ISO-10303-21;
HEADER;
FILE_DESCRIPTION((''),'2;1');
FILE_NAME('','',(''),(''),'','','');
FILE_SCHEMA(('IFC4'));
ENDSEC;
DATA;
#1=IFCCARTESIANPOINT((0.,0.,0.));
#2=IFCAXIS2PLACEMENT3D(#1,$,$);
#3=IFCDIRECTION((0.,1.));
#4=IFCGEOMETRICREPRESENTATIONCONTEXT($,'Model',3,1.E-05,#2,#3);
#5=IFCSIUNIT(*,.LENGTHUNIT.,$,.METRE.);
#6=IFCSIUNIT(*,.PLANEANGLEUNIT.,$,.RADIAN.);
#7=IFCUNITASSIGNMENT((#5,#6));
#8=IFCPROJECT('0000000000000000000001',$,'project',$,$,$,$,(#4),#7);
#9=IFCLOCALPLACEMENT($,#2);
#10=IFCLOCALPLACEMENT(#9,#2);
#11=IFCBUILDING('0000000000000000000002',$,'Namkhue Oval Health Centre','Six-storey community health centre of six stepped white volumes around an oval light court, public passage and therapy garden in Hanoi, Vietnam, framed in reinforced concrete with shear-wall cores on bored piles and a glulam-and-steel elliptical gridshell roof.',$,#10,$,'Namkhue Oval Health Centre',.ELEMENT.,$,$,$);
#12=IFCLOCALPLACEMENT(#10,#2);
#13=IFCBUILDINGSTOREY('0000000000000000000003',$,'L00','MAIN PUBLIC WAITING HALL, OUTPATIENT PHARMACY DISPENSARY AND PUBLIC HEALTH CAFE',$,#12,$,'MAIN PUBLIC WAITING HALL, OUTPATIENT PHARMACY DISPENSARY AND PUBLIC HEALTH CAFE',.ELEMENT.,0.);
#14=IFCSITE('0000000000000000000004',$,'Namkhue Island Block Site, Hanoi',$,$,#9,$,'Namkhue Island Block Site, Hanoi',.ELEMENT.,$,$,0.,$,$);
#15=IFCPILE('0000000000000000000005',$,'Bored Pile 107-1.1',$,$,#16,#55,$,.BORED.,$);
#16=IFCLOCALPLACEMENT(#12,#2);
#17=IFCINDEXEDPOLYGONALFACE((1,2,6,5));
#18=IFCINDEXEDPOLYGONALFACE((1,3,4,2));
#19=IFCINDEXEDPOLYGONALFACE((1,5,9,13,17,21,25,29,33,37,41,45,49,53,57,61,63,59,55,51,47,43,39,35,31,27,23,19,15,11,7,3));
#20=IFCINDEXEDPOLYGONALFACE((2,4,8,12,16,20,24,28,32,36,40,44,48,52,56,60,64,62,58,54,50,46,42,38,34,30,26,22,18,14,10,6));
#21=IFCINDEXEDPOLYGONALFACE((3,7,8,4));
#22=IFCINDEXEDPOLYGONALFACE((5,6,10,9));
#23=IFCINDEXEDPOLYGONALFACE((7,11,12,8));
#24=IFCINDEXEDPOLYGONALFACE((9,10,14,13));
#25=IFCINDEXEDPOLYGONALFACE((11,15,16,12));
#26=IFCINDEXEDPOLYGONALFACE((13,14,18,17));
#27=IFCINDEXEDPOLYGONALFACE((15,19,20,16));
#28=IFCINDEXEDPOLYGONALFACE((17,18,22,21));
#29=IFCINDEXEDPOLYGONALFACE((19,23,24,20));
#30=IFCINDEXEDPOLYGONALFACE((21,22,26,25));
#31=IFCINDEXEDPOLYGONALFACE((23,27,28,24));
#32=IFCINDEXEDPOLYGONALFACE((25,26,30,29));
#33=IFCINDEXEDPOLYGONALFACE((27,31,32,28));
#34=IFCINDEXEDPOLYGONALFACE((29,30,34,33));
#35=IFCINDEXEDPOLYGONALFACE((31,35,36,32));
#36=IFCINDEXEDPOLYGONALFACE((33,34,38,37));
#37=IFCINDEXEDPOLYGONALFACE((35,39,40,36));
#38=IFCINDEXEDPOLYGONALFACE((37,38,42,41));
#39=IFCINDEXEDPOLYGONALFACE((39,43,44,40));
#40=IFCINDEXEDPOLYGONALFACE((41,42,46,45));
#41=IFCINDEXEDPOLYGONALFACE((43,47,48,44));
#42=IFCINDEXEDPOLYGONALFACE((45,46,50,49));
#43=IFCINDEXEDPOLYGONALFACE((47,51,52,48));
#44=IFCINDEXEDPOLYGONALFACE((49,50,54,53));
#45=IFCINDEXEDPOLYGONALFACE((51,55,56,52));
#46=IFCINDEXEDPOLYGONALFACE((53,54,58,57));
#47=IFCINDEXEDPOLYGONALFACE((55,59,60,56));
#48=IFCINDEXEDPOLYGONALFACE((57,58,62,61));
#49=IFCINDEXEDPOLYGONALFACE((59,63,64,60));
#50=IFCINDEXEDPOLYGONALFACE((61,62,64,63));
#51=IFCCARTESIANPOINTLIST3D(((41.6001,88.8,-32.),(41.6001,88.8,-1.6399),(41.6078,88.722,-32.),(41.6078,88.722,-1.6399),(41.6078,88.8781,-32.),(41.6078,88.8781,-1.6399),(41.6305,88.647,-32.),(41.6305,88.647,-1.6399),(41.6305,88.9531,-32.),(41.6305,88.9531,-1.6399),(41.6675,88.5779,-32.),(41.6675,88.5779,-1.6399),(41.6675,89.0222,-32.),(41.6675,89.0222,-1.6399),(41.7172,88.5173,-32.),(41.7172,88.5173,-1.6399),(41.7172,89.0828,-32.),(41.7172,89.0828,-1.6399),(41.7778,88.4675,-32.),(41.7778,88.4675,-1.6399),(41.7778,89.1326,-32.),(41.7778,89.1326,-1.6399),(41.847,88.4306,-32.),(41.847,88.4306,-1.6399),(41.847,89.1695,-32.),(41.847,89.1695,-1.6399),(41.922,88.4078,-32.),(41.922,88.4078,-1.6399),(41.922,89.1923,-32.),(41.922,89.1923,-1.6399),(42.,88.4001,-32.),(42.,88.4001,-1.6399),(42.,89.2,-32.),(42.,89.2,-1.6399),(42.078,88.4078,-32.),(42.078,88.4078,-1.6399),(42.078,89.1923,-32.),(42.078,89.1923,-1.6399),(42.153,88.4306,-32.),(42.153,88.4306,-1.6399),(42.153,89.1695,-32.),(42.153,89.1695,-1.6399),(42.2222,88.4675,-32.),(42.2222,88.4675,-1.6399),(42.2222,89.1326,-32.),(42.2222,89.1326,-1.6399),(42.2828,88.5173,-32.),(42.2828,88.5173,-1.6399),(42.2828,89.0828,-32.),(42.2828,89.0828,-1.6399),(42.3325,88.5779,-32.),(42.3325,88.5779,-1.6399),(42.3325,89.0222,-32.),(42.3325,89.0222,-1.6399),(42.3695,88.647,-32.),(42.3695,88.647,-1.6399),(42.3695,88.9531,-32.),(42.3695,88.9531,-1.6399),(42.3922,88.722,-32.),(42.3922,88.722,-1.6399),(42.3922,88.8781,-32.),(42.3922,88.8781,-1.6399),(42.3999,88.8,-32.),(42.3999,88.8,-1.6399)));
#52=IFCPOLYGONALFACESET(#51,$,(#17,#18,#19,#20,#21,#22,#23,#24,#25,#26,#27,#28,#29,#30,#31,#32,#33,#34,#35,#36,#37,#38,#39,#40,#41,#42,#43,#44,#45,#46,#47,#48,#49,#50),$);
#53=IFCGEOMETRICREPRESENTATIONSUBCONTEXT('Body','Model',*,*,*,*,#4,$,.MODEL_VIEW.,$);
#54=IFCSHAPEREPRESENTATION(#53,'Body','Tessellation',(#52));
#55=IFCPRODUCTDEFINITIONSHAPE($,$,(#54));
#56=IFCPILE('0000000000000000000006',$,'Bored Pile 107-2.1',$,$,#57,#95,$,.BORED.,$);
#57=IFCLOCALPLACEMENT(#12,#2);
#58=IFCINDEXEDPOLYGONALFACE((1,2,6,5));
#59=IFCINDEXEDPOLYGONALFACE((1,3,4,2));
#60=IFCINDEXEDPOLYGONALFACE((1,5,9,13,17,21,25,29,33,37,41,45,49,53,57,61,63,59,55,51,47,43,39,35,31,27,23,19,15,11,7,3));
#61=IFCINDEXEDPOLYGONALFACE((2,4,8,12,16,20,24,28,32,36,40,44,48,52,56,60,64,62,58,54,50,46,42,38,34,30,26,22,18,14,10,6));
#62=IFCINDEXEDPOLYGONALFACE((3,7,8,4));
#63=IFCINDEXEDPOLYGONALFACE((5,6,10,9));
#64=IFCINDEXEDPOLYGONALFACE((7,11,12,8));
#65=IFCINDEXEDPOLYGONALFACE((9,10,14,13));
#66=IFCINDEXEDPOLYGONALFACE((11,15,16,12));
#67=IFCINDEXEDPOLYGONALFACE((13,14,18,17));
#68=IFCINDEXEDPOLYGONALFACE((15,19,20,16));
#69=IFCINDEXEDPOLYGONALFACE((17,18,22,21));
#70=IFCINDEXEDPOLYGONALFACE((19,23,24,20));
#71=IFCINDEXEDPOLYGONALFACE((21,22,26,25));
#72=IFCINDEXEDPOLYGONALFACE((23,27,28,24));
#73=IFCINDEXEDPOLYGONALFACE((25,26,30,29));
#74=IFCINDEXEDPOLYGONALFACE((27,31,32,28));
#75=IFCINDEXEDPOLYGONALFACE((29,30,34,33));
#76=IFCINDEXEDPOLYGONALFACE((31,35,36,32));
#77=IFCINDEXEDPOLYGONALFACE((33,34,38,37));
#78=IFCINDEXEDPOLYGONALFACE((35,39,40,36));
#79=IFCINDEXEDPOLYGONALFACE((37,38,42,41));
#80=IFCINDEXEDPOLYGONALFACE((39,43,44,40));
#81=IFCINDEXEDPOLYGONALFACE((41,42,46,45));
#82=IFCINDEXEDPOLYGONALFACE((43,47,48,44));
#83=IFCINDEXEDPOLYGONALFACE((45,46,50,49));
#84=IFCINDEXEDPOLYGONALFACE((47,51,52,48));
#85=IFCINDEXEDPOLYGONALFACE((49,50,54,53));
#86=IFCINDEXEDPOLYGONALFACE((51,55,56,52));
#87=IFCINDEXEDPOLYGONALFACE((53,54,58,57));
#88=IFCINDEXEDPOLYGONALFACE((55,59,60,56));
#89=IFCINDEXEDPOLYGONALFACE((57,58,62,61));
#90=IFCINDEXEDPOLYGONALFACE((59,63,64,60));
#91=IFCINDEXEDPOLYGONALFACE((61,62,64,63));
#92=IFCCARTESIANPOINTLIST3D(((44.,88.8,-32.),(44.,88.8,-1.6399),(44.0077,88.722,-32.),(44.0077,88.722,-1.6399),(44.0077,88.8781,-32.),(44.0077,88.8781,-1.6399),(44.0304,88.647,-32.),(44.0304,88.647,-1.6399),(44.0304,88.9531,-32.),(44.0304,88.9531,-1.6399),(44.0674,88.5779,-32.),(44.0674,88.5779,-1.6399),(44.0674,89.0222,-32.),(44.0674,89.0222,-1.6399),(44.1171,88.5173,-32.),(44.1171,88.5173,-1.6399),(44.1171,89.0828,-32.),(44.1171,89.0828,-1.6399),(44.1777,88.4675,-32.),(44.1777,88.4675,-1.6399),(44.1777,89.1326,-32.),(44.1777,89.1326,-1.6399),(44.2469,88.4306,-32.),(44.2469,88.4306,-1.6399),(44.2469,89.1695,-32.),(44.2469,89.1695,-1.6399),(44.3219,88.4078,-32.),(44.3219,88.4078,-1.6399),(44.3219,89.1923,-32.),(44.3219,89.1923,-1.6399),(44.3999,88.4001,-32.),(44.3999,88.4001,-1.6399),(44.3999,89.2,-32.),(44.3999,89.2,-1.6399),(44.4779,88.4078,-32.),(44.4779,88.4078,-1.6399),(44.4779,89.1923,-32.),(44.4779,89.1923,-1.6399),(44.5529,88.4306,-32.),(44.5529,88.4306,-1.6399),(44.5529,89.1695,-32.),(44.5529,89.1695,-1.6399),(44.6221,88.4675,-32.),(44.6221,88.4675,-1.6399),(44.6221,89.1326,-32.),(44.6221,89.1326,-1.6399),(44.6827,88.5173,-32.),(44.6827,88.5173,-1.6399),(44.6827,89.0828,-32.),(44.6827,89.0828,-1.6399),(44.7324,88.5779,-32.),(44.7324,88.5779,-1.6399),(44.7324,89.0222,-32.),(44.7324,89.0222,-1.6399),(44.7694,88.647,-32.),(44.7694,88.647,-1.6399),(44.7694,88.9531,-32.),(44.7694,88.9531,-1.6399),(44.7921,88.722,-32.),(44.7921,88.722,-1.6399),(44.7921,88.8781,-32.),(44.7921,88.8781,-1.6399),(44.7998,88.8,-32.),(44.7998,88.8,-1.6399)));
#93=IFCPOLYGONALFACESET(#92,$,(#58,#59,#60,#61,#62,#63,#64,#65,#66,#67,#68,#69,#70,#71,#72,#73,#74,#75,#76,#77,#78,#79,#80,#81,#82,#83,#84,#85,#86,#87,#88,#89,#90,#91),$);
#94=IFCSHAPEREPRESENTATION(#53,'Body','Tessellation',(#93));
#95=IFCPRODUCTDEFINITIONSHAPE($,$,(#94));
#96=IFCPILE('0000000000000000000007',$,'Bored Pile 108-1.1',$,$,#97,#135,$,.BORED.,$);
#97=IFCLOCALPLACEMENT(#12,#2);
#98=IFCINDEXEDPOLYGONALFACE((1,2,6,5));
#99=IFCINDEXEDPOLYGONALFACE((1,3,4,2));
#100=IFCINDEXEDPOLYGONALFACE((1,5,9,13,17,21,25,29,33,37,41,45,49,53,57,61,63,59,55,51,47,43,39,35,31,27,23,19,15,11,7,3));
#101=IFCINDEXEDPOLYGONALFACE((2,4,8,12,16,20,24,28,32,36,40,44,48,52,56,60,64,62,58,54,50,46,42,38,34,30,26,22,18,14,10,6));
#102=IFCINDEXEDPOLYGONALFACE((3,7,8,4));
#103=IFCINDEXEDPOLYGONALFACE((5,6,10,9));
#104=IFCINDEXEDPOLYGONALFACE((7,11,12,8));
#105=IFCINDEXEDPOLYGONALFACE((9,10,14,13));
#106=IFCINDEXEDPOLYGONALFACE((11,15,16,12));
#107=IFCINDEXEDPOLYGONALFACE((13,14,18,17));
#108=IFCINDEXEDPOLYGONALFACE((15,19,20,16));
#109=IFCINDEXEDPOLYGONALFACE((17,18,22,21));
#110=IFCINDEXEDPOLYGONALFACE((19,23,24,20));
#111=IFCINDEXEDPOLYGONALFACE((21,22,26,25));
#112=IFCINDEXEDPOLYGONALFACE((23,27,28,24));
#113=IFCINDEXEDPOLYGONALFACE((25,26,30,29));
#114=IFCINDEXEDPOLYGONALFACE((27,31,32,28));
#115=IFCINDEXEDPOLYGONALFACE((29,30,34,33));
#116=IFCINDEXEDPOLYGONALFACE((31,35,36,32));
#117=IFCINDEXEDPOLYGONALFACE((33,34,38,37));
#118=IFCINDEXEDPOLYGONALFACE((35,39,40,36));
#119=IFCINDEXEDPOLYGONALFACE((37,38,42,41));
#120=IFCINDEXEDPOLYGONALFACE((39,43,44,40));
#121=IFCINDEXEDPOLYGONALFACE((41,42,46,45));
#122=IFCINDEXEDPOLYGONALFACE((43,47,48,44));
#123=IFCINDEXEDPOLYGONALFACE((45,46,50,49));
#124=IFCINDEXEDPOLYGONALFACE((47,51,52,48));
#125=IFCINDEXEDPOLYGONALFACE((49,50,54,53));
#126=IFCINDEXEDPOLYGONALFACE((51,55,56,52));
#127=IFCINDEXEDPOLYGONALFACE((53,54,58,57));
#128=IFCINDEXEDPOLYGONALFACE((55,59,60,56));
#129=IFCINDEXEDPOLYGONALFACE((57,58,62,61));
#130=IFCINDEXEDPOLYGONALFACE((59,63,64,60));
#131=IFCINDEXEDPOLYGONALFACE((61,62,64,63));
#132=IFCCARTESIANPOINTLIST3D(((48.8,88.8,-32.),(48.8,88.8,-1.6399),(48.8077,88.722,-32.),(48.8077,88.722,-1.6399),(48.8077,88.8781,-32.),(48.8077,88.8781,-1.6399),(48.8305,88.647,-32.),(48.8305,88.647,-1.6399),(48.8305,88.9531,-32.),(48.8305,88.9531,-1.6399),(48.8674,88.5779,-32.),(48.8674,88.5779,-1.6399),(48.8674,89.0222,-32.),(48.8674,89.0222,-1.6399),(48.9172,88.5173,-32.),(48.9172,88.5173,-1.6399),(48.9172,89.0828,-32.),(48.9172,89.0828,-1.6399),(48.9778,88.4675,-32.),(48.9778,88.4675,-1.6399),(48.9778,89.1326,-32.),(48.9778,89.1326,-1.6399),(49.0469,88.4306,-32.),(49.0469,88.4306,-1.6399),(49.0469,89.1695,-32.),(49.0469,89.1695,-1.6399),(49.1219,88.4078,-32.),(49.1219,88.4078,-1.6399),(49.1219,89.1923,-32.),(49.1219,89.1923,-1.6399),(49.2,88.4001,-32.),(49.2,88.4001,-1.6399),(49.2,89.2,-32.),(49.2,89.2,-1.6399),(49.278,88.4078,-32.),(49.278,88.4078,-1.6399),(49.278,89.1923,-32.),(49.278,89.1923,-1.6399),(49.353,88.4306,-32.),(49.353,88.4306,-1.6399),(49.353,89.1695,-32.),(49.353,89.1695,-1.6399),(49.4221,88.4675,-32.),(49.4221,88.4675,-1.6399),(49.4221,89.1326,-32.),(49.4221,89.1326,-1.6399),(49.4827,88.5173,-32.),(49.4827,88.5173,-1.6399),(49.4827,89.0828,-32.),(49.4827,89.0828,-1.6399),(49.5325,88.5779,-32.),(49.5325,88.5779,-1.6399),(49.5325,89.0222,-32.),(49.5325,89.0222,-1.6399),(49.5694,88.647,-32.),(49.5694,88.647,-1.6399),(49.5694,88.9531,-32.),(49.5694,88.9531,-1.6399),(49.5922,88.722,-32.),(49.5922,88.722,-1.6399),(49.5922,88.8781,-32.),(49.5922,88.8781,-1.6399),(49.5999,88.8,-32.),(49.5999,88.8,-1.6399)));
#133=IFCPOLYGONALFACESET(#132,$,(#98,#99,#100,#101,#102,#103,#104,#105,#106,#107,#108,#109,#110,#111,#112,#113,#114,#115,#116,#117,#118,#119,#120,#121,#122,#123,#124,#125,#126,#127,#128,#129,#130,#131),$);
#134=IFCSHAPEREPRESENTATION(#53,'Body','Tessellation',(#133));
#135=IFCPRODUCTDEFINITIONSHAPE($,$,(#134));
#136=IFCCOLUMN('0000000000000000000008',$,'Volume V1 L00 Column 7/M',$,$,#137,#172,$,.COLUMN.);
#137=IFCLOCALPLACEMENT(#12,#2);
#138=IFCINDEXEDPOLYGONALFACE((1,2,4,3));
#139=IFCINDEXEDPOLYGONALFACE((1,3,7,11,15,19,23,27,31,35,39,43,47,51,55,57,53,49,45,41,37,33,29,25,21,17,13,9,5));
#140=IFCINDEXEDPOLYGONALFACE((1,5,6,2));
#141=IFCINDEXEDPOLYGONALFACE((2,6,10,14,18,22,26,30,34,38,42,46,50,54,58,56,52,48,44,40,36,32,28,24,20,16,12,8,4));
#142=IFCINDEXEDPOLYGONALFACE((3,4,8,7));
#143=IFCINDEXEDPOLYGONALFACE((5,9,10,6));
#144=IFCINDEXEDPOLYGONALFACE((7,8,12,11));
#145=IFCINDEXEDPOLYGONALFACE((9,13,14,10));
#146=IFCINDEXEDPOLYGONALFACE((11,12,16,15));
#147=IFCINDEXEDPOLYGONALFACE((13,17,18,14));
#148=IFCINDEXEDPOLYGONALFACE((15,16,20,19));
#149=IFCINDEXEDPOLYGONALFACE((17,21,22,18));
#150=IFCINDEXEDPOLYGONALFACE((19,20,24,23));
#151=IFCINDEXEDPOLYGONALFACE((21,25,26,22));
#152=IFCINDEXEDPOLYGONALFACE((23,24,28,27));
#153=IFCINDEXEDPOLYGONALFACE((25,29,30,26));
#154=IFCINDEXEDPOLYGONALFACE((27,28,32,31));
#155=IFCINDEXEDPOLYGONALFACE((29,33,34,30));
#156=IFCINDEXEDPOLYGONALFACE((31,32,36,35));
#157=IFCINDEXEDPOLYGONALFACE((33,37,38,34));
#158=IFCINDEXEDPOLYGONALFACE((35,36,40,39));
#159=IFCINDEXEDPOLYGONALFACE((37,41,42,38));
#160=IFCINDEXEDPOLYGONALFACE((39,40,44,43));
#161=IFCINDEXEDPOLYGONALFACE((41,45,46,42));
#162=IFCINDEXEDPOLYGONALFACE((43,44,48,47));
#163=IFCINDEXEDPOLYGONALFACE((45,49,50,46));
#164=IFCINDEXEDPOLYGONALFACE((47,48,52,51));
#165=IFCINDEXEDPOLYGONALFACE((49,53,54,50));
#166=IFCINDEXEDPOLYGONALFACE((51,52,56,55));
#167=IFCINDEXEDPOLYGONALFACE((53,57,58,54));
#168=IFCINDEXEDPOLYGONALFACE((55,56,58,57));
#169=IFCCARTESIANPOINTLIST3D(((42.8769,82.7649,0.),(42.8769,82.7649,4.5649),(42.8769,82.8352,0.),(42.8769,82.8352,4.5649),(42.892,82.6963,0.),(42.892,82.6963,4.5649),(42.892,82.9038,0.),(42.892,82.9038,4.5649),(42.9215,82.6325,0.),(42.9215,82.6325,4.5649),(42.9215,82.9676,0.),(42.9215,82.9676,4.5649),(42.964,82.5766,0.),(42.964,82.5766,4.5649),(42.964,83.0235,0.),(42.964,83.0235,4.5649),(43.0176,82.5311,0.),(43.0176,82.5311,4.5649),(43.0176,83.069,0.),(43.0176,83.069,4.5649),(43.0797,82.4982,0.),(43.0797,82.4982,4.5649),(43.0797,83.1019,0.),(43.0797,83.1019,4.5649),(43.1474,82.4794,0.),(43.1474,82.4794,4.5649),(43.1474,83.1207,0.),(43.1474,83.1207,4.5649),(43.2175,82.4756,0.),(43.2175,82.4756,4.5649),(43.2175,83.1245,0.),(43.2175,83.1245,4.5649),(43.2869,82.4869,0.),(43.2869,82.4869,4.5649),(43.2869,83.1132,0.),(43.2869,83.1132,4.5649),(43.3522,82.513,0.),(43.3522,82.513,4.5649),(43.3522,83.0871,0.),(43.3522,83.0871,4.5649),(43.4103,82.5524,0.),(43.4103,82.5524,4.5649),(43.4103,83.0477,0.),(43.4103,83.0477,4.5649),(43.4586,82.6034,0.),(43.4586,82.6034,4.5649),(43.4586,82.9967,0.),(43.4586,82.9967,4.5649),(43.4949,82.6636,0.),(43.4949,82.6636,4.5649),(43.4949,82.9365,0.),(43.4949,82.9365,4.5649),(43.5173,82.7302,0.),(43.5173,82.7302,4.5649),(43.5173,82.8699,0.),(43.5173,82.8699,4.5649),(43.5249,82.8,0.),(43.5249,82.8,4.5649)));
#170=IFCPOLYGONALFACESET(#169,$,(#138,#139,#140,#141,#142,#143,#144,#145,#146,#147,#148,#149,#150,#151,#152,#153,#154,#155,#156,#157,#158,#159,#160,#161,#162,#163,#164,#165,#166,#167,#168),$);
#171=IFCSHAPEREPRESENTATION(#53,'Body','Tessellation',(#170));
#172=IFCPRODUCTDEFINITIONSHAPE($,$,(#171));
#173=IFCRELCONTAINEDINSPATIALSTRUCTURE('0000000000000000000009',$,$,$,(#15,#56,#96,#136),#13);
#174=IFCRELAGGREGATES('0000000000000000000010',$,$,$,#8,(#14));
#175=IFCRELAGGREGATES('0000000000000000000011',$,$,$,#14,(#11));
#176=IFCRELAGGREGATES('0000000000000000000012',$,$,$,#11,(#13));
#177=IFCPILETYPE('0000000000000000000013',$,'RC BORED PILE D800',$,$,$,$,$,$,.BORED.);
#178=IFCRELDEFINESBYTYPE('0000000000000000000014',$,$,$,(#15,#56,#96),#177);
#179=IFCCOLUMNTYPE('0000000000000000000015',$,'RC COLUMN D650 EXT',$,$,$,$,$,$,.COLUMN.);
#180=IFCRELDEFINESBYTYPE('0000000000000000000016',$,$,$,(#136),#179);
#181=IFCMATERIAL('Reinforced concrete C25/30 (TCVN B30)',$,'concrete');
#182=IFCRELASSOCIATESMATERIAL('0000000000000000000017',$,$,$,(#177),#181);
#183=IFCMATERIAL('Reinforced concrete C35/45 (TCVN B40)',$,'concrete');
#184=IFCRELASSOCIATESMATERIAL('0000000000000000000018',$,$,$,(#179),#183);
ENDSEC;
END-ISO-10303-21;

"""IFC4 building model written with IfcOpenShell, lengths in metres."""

from ifc_helpers import new_model, si_unit, direction, frame, origin, origin_2d, place, context, subcontext, project, spatial, circle, extrude, material, material_profile, profile_set, type_object, element, save


model = new_model("IFC4")

# Units and contexts
model_context = context("Model", 3, precision=1e-05, world=origin(), true_north=direction((0.0, 1.0)))
body_context = subcontext(model_context, "Body", "Model", "MODEL_VIEW")
ifc_project = project(units=[si_unit("LENGTHUNIT", "METRE"), si_unit("PLANEANGLEUNIT", "RADIAN")], contexts=[model_context])

# Site, building, storey
site_placement = place(None, origin())
site = spatial("IfcSite", under=ifc_project, at=site_placement, Name="Namkhue Island Block Site, Hanoi", LongName="Namkhue Island Block Site, Hanoi", CompositionType="ELEMENT", RefElevation=0.0)
building_placement = place(site_placement, origin())
building = spatial("IfcBuilding", under=site, at=building_placement, Name="Namkhue Oval Health Centre", Description="Six-storey community health centre of six stepped white volumes around an oval light court, public passage and therapy garden in Hanoi, Vietnam, framed in reinforced concrete with shear-wall cores on bored piles and a glulam-and-steel elliptical gridshell roof.", LongName="Namkhue Oval Health Centre", CompositionType="ELEMENT")
storey_placement = place(building_placement, origin())
storey = spatial("IfcBuildingStorey", under=building, at=storey_placement, Name="L00", Description="MAIN PUBLIC WAITING HALL, OUTPATIENT PHARMACY DISPENSARY AND PUBLIC HEALTH CAFE", LongName="MAIN PUBLIC WAITING HALL, OUTPATIENT PHARMACY DISPENSARY AND PUBLIC HEALTH CAFE", CompositionType="ELEMENT", Elevation=0.0)

# Piles
ifc_material_1 = material(Name="Reinforced concrete C25/30 (TCVN B30)", Category="concrete")
ifc_material_profile_1 = material_profile(ifc_material_1, circle(Radius=0.3999, at=origin_2d()), Name="BORED PILE D800")
ifc_profile_set_1 = profile_set([ifc_material_profile_1], Name="Reinforced concrete C25/30 (TCVN B30)")
pile_type = type_object("IfcPileType", Name="RC BORED PILE D800", PredefinedType="BORED", material=ifc_profile_set_1)
for number, where, z_axis, x_axis, name in (
    (1, (42.0, 88.8, -1.6399), (0.0, 0.0, -1.0), (1.0, 0.0, 0.0), "Bored Pile 107-1.1"),
    (2, (44.3999, 88.8, -1.6399), (0.0, 0.0, -1.0), (1.0, 0.0, 0.0), "Bored Pile 107-2.1"),
    (3, (49.2, 88.8, -1.6399), (0.0, 0.0, -1.0), (1.0, 0.0, 0.0), "Bored Pile 108-1.1"),
):
    element("IfcPile", number, at=place(storey_placement, frame(where, z_axis=z_axis, x_axis=x_axis)), inside=storey, type_object=pile_type, Name=name, PredefinedType="BORED", context=body_context, shape_type="SweptSolid", body=[
        extrude(circle(Radius=0.3999, at=origin_2d()), origin(), (0.0, 0.0, 1.0), 30.3601),
    ])

# Column
ifc_material_2 = material(Name="Reinforced concrete C35/45 (TCVN B40)", Category="concrete")
ifc_material_profile_2 = material_profile(ifc_material_2, circle(Radius=0.325, at=origin_2d()), Name="RC D650")
ifc_profile_set_2 = profile_set([ifc_material_profile_2], Name="Reinforced concrete C35/45 (TCVN B40)")
column_type_1 = type_object("IfcColumnType", Name="RC COLUMN D650 EXT", PredefinedType="COLUMN", material=ifc_profile_set_2)
column_1_placement = place(storey_placement, frame((43.2, 82.8, 0.0), z_axis=(0.0, 0.0, 1.0), x_axis=(1.0, 0.0, 0.0)))
element("IfcColumn", 4, at=column_1_placement, inside=storey, type_object=column_type_1, Name="Volume V1 L00 Column 7/M", PredefinedType="COLUMN", context=body_context, shape_type="SweptSolid", body=[
    extrude(circle(Radius=0.325, at=origin_2d()), origin(), (0.0, 0.0, 1.0), 4.5649),
])

save(model, "model.ifc")
